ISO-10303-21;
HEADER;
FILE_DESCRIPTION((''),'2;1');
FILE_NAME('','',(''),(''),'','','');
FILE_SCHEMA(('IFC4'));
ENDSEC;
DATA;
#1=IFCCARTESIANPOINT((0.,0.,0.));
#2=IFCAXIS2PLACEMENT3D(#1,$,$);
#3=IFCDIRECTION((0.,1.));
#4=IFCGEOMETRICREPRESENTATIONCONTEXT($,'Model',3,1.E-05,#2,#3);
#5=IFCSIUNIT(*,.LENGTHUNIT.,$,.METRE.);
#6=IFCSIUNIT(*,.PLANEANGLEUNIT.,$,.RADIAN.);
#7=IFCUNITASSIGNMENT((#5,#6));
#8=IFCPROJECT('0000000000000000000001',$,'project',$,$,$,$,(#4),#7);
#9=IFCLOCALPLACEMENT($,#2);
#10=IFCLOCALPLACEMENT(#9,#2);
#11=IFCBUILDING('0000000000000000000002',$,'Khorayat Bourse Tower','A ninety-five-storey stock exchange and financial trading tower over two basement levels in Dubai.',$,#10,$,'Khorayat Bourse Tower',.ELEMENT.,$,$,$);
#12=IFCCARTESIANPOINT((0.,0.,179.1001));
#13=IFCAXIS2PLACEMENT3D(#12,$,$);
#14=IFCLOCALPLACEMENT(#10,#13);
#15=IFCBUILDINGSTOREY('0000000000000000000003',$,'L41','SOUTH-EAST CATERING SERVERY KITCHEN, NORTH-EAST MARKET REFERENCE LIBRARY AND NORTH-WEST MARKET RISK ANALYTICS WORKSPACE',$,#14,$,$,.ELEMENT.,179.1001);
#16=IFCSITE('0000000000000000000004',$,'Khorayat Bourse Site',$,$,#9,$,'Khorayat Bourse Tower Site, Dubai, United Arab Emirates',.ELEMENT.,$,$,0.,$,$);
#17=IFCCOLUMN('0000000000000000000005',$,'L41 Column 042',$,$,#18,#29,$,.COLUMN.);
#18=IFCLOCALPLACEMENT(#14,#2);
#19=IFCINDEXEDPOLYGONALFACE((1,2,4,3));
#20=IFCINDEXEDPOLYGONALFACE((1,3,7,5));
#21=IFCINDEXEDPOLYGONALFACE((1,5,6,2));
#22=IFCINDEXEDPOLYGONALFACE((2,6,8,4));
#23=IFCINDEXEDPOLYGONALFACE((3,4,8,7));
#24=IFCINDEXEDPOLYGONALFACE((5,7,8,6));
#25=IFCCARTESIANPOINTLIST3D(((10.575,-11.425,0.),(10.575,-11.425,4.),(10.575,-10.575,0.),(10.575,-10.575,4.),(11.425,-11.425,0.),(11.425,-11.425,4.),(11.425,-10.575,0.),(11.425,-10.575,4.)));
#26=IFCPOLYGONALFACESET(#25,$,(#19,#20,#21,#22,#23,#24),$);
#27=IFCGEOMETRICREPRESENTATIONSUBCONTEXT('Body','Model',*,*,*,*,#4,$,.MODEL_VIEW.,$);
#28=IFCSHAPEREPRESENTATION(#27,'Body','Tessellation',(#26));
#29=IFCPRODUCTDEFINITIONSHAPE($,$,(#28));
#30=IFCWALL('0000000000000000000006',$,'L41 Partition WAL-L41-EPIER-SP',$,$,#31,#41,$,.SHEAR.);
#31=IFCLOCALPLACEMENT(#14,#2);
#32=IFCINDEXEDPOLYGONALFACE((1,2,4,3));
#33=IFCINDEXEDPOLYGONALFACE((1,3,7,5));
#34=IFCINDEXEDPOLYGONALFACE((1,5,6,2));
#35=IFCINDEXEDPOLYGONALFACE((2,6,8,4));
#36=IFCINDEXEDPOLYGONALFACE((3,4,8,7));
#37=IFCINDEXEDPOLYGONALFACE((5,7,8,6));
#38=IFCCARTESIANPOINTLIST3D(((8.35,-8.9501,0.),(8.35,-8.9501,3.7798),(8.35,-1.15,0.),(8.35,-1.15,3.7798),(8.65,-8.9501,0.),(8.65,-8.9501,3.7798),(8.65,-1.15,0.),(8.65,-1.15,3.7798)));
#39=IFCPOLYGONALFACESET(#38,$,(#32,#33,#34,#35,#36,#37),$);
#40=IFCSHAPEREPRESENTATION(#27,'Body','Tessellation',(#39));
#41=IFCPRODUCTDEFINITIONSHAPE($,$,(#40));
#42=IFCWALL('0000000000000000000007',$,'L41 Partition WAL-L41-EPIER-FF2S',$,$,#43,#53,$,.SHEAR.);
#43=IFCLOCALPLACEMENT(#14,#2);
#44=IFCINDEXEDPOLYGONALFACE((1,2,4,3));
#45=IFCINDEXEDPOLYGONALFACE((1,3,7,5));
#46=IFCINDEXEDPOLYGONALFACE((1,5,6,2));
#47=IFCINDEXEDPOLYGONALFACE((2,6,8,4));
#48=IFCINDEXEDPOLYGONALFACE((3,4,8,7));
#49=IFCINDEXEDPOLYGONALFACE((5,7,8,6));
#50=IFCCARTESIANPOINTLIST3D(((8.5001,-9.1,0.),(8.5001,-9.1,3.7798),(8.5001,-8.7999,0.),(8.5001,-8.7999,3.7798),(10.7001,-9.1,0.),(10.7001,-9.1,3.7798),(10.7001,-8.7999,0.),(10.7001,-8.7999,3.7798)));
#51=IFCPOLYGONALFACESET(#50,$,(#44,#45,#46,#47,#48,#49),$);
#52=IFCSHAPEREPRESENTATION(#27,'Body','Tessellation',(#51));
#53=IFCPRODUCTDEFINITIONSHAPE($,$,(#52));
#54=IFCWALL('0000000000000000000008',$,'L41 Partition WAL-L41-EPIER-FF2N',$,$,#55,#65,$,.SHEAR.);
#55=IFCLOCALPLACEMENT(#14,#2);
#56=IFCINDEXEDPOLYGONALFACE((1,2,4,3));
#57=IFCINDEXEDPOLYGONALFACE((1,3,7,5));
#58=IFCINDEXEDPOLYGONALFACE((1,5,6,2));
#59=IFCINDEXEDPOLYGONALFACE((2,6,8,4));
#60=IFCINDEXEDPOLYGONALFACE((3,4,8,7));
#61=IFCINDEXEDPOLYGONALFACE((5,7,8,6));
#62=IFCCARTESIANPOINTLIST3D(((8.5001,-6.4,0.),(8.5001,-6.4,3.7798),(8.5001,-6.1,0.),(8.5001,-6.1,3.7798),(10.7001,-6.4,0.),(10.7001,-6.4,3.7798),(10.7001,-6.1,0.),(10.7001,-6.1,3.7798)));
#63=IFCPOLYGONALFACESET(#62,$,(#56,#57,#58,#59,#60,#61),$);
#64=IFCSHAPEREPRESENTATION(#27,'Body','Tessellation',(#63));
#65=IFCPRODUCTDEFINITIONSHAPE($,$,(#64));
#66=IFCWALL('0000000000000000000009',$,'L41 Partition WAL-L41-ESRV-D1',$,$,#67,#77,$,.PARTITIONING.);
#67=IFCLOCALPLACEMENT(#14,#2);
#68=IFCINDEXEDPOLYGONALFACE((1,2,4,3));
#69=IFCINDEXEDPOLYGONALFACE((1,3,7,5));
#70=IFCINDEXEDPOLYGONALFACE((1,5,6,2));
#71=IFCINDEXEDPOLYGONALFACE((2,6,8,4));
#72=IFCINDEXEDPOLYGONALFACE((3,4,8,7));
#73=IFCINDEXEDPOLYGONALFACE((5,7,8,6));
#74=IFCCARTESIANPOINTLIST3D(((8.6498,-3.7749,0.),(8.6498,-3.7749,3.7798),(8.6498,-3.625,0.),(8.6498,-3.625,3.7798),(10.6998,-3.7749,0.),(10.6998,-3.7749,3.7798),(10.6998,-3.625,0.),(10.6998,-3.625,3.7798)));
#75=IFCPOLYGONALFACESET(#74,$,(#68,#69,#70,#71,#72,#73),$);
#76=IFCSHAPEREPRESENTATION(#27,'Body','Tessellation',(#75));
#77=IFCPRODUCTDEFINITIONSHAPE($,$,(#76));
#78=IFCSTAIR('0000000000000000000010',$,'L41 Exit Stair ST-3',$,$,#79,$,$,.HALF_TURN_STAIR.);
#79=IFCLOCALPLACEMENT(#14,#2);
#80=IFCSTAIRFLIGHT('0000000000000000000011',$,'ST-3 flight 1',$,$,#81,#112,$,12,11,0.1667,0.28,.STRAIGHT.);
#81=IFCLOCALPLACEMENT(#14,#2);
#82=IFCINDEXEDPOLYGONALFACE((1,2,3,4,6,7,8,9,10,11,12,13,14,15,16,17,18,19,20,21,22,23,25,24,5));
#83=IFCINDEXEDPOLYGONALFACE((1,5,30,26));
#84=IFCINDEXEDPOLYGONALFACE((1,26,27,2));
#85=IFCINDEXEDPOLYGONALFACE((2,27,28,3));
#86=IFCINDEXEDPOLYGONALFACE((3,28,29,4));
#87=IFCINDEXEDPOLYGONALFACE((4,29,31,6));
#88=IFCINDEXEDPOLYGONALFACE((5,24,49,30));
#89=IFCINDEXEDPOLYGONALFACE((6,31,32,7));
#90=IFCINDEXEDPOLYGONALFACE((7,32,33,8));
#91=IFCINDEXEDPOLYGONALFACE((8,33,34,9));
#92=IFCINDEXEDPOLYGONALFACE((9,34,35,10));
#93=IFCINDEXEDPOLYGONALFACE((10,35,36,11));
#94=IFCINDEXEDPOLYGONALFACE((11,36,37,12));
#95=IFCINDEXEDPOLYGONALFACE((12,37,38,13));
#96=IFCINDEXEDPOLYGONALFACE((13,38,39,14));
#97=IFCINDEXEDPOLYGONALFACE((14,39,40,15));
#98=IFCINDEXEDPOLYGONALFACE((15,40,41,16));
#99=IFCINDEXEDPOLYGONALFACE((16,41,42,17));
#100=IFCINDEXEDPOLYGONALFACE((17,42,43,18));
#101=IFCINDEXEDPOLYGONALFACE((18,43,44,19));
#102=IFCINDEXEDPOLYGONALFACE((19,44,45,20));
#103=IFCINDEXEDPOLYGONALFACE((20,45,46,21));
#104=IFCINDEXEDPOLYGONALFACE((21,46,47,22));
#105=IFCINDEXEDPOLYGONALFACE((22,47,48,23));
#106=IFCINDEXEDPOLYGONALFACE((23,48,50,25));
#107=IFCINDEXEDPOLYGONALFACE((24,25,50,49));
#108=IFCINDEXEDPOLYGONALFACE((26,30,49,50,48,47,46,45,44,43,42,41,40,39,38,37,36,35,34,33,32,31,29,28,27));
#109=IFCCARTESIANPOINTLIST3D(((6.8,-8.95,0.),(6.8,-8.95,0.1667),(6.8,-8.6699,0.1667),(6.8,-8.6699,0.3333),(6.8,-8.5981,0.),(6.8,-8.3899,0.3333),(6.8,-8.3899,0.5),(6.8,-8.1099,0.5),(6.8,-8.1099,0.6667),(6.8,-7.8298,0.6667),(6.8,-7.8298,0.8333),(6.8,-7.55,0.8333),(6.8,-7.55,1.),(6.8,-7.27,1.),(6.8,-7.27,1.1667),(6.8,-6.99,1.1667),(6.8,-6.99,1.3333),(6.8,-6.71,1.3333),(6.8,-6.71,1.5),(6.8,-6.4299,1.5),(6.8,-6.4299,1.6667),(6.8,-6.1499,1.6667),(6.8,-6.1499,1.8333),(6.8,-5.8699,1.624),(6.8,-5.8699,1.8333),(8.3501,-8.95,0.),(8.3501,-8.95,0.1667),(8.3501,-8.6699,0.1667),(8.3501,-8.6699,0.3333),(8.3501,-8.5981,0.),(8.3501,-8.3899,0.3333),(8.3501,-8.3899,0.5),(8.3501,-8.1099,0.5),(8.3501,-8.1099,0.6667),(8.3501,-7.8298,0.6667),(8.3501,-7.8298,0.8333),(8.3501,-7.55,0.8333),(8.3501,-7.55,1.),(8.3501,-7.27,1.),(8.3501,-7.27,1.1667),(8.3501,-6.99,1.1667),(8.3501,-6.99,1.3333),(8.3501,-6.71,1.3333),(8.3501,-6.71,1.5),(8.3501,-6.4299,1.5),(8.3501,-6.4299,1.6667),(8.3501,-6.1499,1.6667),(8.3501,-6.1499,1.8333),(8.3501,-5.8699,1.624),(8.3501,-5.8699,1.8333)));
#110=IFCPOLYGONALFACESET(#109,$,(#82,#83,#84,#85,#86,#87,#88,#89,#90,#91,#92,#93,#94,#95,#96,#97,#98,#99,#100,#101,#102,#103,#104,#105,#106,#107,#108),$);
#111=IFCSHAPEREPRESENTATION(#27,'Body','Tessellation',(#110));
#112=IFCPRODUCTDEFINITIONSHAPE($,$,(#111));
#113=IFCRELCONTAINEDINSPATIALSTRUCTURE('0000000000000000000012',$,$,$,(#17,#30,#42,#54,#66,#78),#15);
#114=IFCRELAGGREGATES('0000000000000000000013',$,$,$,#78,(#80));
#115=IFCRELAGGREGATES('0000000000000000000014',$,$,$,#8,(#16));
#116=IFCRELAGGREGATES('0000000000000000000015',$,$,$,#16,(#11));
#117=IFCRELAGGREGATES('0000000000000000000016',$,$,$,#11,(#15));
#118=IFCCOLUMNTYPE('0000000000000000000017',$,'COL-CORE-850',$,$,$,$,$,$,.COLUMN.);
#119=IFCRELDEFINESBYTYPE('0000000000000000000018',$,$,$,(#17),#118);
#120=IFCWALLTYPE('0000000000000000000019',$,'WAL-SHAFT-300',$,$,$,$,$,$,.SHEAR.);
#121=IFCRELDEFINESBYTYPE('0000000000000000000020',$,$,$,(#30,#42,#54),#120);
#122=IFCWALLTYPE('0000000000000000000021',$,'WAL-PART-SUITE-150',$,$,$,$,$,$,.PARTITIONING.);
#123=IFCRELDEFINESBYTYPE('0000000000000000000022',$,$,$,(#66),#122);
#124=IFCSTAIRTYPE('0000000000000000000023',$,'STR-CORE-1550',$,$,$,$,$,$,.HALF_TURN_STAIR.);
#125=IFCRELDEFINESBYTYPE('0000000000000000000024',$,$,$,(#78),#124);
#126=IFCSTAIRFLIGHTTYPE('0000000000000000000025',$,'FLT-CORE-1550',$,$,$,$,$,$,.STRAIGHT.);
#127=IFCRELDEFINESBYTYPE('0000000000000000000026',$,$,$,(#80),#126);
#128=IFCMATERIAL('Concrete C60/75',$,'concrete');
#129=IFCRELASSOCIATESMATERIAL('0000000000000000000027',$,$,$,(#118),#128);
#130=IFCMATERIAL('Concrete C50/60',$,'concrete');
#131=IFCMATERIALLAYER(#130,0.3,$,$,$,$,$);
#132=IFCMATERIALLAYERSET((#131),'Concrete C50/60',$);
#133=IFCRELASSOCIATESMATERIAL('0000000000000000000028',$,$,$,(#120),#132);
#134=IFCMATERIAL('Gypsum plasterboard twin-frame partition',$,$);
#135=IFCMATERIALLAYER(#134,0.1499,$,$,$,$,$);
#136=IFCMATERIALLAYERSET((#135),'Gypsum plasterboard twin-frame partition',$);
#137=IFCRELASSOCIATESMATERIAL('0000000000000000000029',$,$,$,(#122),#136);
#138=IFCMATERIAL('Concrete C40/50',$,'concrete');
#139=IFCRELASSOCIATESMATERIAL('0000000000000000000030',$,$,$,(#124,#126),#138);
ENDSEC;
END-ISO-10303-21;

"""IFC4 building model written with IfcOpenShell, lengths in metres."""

from ifc_helpers import new_model, si_unit, direction, frame, frame_2d, origin, origin_2d, place, context, subcontext, project, spatial, polyline, rectangle, outline, extrude, source, transform, mapped, material, layer, layer_set, material_profile, profile_set, type_object, element, aggregate, save


model = new_model("IFC4")

# Units and contexts
model_context = context("Model", 3, precision=1e-05, world=origin(), true_north=direction((0.0, 1.0)))
body_context = subcontext(model_context, "Body", "Model", "MODEL_VIEW")
ifc_project = project(units=[si_unit("LENGTHUNIT", "METRE"), si_unit("PLANEANGLEUNIT", "RADIAN")], contexts=[model_context])

# Site, building, storey
site_placement = place(None, origin())
site = spatial("IfcSite", under=ifc_project, at=site_placement, Name="Khorayat Bourse Site", LongName="Khorayat Bourse Tower Site, Dubai, United Arab Emirates", CompositionType="ELEMENT", RefElevation=0.0)
building_placement = place(site_placement, origin())
building = spatial("IfcBuilding", under=site, at=building_placement, Name="Khorayat Bourse Tower", Description="A ninety-five-storey stock exchange and financial trading tower over two basement levels in Dubai.", LongName="Khorayat Bourse Tower", CompositionType="ELEMENT")
storey_placement = place(building_placement, frame((0.0, 0.0, 179.1001)))
storey = spatial("IfcBuildingStorey", under=building, at=storey_placement, Name="L41", Description="SOUTH-EAST CATERING SERVERY KITCHEN, NORTH-EAST MARKET REFERENCE LIBRARY AND NORTH-WEST MARKET RISK ANALYTICS WORKSPACE", CompositionType="ELEMENT", Elevation=179.1001)

# Column
ifc_material_1 = material(Name="Concrete C60/75", Category="concrete")
ifc_material_profile = material_profile(ifc_material_1, rectangle(XDim=0.8501, YDim=0.8501, at=origin_2d()), Name="RC 850x850")
ifc_profile_set = profile_set([ifc_material_profile], Name="Concrete C60/75")
column_type = type_object("IfcColumnType", Name="COL-CORE-850", PredefinedType="COLUMN", material=ifc_profile_set)
shared_shape_1 = source(origin(), body_context, "Body", "SweptSolid", [
    extrude(rectangle(XDim=0.8501, YDim=0.8501, at=origin_2d()), origin(), (0.0, 0.0, 1.0), 4.0),
])
column_placement = place(storey_placement, frame((11.0, -11.0, 0.0), z_axis=(0.0, 0.0, 1.0), x_axis=(1.0, 0.0, 0.0)))
element("IfcColumn", 1, at=column_placement, inside=storey, type_object=column_type, Name="L41 Column 042", PredefinedType="COLUMN", context=body_context, shape_type="MappedRepresentation", body=[
    mapped(shared_shape_1, transform((0.0, 0.0, 0.0), scale=1.0)),
])

# Walls
ifc_material_2 = material(Name="Concrete C50/60", Category="concrete")
ifc_layer_1 = layer(ifc_material_2, 0.3)
ifc_layer_set_1 = layer_set([ifc_layer_1], Name="Concrete C50/60")
wall_type_1 = type_object("IfcWallType", Name="WAL-SHAFT-300", PredefinedType="SHEAR", material=ifc_layer_set_1)
shared_shape_2 = source(origin(), body_context, "Body", "SweptSolid", [
    extrude(rectangle(XDim=7.8, YDim=0.3, at=frame_2d((3.8999, 0.0))), origin(), (0.0, 0.0, 1.0), 3.7798),
])
wall_1_placement = place(storey_placement, frame((8.5, -8.95, 0.0), z_axis=(0.0, 0.0, 1.0), x_axis=(0.0, 1.0, 0.0)))
element("IfcWall", 2, at=wall_1_placement, inside=storey, type_object=wall_type_1, Name="L41 Partition WAL-L41-EPIER-SP", PredefinedType="SHEAR", context=body_context, shape_type="MappedRepresentation", body=[
    mapped(shared_shape_2, transform((0.0, 0.0, 0.0), scale=1.0)),
])
shared_shape_3 = source(origin(), body_context, "Body", "SweptSolid", [
    extrude(rectangle(XDim=2.2, YDim=0.3, at=frame_2d((1.1001, 0.0))), origin(), (0.0, 0.0, 1.0), 3.7798),
])
for number, where, z_axis, x_axis, name in (
    (3, (8.5, -8.95, 0.0), (0.0, 0.0, 1.0), (1.0, 0.0, 0.0), "L41 Partition WAL-L41-EPIER-FF2S"),
    (4, (8.5, -6.25, 0.0), (0.0, 0.0, 1.0), (1.0, 0.0, 0.0), "L41 Partition WAL-L41-EPIER-FF2N"),
):
    element("IfcWall", number, at=place(storey_placement, frame(where, z_axis=z_axis, x_axis=x_axis)), inside=storey, type_object=wall_type_1, Name=name, PredefinedType="SHEAR", context=body_context, shape_type="MappedRepresentation", body=[
        mapped(shared_shape_3, transform((0.0, 0.0, 0.0), scale=1.0)),
    ])
ifc_material_3 = material(Name="Gypsum plasterboard twin-frame partition")
ifc_layer_2 = layer(ifc_material_3, 0.1499)
ifc_layer_set_2 = layer_set([ifc_layer_2], Name="Gypsum plasterboard twin-frame partition")
wall_type_2 = type_object("IfcWallType", Name="WAL-PART-SUITE-150", PredefinedType="PARTITIONING", material=ifc_layer_set_2)
shared_shape_4 = source(origin(), body_context, "Body", "SweptSolid", [
    extrude(rectangle(XDim=2.05, YDim=0.1499, at=frame_2d((1.0249, 0.0))), origin(), (0.0, 0.0, 1.0), 3.7798),
])
wall_2_placement = place(storey_placement, frame((8.6499, -3.7, 0.0), z_axis=(0.0, 0.0, 1.0), x_axis=(1.0, 0.0, 0.0)))
element("IfcWall", 5, at=wall_2_placement, inside=storey, type_object=wall_type_2, Name="L41 Partition WAL-L41-ESRV-D1", PredefinedType="PARTITIONING", context=body_context, shape_type="MappedRepresentation", body=[
    mapped(shared_shape_4, transform((0.0, 0.0, 0.0), scale=1.0)),
])

# Stair, stair flight
ifc_material_4 = material(Name="Concrete C40/50", Category="concrete")
stair_type = type_object("IfcStairType", Name="STR-CORE-1550", PredefinedType="HALF_TURN_STAIR", material=ifc_material_4)
stair_placement = place(storey_placement, origin())
stair = element("IfcStair", 6, at=stair_placement, inside=storey, type_object=stair_type, Name="L41 Exit Stair ST-3", PredefinedType="HALF_TURN_STAIR")
stair_flight_type = type_object("IfcStairFlightType", Name="FLT-CORE-1550", PredefinedType="STRAIGHT", material=ifc_material_4)
shared_shape_5 = source(origin(), body_context, "Body", "SweptSolid", [
    extrude(outline(polyline([(0.0, 0.0), (0.0, 0.1667), (0.28, 0.1667), (0.28, 0.3333), (0.5601, 0.3333), (0.5601, 0.5), (0.8401, 0.5), (0.8401, 0.6667), (1.1201, 0.6667), (1.1201, 0.8333), (1.3999, 0.8333), (1.3999, 1.0), (1.6799, 1.0), (1.6799, 1.1667), (1.96, 1.1667), (1.96, 1.3333), (2.24, 1.3333), (2.24, 1.5), (2.52, 1.5), (2.52, 1.6667), (2.8, 1.6667), (2.8, 1.8333), (3.0801, 1.8333), (3.0801, 2.0), (3.0801, 1.624), (0.3518, 0.0), (0.0, 0.0)])), frame((0.0, 0.7749, 0.0), z_axis=(0.0, -1.0, 0.0), x_axis=(1.0, 0.0, 0.0)), (0.0, 0.0, 1.0), 1.55),
])
stair_flight_placement = place(storey_placement, frame((7.575, -8.95, 0.0), z_axis=(0.0, 0.0, 1.0), x_axis=(0.0, 1.0, 0.0)))
stair_flight = element("IfcStairFlight", 7, at=stair_flight_placement, type_object=stair_flight_type, Name="ST-3 flight 1", NumberOfRisers=12, NumberOfTreads=11, PredefinedType="STRAIGHT", RiserHeight=0.1667, TreadLength=0.28, context=body_context, shape_type="MappedRepresentation", body=[
    mapped(shared_shape_5, transform((0.0, 0.0, 0.0), scale=1.0)),
])
aggregate(stair, [stair_flight])

save(model, "model.ifc")
